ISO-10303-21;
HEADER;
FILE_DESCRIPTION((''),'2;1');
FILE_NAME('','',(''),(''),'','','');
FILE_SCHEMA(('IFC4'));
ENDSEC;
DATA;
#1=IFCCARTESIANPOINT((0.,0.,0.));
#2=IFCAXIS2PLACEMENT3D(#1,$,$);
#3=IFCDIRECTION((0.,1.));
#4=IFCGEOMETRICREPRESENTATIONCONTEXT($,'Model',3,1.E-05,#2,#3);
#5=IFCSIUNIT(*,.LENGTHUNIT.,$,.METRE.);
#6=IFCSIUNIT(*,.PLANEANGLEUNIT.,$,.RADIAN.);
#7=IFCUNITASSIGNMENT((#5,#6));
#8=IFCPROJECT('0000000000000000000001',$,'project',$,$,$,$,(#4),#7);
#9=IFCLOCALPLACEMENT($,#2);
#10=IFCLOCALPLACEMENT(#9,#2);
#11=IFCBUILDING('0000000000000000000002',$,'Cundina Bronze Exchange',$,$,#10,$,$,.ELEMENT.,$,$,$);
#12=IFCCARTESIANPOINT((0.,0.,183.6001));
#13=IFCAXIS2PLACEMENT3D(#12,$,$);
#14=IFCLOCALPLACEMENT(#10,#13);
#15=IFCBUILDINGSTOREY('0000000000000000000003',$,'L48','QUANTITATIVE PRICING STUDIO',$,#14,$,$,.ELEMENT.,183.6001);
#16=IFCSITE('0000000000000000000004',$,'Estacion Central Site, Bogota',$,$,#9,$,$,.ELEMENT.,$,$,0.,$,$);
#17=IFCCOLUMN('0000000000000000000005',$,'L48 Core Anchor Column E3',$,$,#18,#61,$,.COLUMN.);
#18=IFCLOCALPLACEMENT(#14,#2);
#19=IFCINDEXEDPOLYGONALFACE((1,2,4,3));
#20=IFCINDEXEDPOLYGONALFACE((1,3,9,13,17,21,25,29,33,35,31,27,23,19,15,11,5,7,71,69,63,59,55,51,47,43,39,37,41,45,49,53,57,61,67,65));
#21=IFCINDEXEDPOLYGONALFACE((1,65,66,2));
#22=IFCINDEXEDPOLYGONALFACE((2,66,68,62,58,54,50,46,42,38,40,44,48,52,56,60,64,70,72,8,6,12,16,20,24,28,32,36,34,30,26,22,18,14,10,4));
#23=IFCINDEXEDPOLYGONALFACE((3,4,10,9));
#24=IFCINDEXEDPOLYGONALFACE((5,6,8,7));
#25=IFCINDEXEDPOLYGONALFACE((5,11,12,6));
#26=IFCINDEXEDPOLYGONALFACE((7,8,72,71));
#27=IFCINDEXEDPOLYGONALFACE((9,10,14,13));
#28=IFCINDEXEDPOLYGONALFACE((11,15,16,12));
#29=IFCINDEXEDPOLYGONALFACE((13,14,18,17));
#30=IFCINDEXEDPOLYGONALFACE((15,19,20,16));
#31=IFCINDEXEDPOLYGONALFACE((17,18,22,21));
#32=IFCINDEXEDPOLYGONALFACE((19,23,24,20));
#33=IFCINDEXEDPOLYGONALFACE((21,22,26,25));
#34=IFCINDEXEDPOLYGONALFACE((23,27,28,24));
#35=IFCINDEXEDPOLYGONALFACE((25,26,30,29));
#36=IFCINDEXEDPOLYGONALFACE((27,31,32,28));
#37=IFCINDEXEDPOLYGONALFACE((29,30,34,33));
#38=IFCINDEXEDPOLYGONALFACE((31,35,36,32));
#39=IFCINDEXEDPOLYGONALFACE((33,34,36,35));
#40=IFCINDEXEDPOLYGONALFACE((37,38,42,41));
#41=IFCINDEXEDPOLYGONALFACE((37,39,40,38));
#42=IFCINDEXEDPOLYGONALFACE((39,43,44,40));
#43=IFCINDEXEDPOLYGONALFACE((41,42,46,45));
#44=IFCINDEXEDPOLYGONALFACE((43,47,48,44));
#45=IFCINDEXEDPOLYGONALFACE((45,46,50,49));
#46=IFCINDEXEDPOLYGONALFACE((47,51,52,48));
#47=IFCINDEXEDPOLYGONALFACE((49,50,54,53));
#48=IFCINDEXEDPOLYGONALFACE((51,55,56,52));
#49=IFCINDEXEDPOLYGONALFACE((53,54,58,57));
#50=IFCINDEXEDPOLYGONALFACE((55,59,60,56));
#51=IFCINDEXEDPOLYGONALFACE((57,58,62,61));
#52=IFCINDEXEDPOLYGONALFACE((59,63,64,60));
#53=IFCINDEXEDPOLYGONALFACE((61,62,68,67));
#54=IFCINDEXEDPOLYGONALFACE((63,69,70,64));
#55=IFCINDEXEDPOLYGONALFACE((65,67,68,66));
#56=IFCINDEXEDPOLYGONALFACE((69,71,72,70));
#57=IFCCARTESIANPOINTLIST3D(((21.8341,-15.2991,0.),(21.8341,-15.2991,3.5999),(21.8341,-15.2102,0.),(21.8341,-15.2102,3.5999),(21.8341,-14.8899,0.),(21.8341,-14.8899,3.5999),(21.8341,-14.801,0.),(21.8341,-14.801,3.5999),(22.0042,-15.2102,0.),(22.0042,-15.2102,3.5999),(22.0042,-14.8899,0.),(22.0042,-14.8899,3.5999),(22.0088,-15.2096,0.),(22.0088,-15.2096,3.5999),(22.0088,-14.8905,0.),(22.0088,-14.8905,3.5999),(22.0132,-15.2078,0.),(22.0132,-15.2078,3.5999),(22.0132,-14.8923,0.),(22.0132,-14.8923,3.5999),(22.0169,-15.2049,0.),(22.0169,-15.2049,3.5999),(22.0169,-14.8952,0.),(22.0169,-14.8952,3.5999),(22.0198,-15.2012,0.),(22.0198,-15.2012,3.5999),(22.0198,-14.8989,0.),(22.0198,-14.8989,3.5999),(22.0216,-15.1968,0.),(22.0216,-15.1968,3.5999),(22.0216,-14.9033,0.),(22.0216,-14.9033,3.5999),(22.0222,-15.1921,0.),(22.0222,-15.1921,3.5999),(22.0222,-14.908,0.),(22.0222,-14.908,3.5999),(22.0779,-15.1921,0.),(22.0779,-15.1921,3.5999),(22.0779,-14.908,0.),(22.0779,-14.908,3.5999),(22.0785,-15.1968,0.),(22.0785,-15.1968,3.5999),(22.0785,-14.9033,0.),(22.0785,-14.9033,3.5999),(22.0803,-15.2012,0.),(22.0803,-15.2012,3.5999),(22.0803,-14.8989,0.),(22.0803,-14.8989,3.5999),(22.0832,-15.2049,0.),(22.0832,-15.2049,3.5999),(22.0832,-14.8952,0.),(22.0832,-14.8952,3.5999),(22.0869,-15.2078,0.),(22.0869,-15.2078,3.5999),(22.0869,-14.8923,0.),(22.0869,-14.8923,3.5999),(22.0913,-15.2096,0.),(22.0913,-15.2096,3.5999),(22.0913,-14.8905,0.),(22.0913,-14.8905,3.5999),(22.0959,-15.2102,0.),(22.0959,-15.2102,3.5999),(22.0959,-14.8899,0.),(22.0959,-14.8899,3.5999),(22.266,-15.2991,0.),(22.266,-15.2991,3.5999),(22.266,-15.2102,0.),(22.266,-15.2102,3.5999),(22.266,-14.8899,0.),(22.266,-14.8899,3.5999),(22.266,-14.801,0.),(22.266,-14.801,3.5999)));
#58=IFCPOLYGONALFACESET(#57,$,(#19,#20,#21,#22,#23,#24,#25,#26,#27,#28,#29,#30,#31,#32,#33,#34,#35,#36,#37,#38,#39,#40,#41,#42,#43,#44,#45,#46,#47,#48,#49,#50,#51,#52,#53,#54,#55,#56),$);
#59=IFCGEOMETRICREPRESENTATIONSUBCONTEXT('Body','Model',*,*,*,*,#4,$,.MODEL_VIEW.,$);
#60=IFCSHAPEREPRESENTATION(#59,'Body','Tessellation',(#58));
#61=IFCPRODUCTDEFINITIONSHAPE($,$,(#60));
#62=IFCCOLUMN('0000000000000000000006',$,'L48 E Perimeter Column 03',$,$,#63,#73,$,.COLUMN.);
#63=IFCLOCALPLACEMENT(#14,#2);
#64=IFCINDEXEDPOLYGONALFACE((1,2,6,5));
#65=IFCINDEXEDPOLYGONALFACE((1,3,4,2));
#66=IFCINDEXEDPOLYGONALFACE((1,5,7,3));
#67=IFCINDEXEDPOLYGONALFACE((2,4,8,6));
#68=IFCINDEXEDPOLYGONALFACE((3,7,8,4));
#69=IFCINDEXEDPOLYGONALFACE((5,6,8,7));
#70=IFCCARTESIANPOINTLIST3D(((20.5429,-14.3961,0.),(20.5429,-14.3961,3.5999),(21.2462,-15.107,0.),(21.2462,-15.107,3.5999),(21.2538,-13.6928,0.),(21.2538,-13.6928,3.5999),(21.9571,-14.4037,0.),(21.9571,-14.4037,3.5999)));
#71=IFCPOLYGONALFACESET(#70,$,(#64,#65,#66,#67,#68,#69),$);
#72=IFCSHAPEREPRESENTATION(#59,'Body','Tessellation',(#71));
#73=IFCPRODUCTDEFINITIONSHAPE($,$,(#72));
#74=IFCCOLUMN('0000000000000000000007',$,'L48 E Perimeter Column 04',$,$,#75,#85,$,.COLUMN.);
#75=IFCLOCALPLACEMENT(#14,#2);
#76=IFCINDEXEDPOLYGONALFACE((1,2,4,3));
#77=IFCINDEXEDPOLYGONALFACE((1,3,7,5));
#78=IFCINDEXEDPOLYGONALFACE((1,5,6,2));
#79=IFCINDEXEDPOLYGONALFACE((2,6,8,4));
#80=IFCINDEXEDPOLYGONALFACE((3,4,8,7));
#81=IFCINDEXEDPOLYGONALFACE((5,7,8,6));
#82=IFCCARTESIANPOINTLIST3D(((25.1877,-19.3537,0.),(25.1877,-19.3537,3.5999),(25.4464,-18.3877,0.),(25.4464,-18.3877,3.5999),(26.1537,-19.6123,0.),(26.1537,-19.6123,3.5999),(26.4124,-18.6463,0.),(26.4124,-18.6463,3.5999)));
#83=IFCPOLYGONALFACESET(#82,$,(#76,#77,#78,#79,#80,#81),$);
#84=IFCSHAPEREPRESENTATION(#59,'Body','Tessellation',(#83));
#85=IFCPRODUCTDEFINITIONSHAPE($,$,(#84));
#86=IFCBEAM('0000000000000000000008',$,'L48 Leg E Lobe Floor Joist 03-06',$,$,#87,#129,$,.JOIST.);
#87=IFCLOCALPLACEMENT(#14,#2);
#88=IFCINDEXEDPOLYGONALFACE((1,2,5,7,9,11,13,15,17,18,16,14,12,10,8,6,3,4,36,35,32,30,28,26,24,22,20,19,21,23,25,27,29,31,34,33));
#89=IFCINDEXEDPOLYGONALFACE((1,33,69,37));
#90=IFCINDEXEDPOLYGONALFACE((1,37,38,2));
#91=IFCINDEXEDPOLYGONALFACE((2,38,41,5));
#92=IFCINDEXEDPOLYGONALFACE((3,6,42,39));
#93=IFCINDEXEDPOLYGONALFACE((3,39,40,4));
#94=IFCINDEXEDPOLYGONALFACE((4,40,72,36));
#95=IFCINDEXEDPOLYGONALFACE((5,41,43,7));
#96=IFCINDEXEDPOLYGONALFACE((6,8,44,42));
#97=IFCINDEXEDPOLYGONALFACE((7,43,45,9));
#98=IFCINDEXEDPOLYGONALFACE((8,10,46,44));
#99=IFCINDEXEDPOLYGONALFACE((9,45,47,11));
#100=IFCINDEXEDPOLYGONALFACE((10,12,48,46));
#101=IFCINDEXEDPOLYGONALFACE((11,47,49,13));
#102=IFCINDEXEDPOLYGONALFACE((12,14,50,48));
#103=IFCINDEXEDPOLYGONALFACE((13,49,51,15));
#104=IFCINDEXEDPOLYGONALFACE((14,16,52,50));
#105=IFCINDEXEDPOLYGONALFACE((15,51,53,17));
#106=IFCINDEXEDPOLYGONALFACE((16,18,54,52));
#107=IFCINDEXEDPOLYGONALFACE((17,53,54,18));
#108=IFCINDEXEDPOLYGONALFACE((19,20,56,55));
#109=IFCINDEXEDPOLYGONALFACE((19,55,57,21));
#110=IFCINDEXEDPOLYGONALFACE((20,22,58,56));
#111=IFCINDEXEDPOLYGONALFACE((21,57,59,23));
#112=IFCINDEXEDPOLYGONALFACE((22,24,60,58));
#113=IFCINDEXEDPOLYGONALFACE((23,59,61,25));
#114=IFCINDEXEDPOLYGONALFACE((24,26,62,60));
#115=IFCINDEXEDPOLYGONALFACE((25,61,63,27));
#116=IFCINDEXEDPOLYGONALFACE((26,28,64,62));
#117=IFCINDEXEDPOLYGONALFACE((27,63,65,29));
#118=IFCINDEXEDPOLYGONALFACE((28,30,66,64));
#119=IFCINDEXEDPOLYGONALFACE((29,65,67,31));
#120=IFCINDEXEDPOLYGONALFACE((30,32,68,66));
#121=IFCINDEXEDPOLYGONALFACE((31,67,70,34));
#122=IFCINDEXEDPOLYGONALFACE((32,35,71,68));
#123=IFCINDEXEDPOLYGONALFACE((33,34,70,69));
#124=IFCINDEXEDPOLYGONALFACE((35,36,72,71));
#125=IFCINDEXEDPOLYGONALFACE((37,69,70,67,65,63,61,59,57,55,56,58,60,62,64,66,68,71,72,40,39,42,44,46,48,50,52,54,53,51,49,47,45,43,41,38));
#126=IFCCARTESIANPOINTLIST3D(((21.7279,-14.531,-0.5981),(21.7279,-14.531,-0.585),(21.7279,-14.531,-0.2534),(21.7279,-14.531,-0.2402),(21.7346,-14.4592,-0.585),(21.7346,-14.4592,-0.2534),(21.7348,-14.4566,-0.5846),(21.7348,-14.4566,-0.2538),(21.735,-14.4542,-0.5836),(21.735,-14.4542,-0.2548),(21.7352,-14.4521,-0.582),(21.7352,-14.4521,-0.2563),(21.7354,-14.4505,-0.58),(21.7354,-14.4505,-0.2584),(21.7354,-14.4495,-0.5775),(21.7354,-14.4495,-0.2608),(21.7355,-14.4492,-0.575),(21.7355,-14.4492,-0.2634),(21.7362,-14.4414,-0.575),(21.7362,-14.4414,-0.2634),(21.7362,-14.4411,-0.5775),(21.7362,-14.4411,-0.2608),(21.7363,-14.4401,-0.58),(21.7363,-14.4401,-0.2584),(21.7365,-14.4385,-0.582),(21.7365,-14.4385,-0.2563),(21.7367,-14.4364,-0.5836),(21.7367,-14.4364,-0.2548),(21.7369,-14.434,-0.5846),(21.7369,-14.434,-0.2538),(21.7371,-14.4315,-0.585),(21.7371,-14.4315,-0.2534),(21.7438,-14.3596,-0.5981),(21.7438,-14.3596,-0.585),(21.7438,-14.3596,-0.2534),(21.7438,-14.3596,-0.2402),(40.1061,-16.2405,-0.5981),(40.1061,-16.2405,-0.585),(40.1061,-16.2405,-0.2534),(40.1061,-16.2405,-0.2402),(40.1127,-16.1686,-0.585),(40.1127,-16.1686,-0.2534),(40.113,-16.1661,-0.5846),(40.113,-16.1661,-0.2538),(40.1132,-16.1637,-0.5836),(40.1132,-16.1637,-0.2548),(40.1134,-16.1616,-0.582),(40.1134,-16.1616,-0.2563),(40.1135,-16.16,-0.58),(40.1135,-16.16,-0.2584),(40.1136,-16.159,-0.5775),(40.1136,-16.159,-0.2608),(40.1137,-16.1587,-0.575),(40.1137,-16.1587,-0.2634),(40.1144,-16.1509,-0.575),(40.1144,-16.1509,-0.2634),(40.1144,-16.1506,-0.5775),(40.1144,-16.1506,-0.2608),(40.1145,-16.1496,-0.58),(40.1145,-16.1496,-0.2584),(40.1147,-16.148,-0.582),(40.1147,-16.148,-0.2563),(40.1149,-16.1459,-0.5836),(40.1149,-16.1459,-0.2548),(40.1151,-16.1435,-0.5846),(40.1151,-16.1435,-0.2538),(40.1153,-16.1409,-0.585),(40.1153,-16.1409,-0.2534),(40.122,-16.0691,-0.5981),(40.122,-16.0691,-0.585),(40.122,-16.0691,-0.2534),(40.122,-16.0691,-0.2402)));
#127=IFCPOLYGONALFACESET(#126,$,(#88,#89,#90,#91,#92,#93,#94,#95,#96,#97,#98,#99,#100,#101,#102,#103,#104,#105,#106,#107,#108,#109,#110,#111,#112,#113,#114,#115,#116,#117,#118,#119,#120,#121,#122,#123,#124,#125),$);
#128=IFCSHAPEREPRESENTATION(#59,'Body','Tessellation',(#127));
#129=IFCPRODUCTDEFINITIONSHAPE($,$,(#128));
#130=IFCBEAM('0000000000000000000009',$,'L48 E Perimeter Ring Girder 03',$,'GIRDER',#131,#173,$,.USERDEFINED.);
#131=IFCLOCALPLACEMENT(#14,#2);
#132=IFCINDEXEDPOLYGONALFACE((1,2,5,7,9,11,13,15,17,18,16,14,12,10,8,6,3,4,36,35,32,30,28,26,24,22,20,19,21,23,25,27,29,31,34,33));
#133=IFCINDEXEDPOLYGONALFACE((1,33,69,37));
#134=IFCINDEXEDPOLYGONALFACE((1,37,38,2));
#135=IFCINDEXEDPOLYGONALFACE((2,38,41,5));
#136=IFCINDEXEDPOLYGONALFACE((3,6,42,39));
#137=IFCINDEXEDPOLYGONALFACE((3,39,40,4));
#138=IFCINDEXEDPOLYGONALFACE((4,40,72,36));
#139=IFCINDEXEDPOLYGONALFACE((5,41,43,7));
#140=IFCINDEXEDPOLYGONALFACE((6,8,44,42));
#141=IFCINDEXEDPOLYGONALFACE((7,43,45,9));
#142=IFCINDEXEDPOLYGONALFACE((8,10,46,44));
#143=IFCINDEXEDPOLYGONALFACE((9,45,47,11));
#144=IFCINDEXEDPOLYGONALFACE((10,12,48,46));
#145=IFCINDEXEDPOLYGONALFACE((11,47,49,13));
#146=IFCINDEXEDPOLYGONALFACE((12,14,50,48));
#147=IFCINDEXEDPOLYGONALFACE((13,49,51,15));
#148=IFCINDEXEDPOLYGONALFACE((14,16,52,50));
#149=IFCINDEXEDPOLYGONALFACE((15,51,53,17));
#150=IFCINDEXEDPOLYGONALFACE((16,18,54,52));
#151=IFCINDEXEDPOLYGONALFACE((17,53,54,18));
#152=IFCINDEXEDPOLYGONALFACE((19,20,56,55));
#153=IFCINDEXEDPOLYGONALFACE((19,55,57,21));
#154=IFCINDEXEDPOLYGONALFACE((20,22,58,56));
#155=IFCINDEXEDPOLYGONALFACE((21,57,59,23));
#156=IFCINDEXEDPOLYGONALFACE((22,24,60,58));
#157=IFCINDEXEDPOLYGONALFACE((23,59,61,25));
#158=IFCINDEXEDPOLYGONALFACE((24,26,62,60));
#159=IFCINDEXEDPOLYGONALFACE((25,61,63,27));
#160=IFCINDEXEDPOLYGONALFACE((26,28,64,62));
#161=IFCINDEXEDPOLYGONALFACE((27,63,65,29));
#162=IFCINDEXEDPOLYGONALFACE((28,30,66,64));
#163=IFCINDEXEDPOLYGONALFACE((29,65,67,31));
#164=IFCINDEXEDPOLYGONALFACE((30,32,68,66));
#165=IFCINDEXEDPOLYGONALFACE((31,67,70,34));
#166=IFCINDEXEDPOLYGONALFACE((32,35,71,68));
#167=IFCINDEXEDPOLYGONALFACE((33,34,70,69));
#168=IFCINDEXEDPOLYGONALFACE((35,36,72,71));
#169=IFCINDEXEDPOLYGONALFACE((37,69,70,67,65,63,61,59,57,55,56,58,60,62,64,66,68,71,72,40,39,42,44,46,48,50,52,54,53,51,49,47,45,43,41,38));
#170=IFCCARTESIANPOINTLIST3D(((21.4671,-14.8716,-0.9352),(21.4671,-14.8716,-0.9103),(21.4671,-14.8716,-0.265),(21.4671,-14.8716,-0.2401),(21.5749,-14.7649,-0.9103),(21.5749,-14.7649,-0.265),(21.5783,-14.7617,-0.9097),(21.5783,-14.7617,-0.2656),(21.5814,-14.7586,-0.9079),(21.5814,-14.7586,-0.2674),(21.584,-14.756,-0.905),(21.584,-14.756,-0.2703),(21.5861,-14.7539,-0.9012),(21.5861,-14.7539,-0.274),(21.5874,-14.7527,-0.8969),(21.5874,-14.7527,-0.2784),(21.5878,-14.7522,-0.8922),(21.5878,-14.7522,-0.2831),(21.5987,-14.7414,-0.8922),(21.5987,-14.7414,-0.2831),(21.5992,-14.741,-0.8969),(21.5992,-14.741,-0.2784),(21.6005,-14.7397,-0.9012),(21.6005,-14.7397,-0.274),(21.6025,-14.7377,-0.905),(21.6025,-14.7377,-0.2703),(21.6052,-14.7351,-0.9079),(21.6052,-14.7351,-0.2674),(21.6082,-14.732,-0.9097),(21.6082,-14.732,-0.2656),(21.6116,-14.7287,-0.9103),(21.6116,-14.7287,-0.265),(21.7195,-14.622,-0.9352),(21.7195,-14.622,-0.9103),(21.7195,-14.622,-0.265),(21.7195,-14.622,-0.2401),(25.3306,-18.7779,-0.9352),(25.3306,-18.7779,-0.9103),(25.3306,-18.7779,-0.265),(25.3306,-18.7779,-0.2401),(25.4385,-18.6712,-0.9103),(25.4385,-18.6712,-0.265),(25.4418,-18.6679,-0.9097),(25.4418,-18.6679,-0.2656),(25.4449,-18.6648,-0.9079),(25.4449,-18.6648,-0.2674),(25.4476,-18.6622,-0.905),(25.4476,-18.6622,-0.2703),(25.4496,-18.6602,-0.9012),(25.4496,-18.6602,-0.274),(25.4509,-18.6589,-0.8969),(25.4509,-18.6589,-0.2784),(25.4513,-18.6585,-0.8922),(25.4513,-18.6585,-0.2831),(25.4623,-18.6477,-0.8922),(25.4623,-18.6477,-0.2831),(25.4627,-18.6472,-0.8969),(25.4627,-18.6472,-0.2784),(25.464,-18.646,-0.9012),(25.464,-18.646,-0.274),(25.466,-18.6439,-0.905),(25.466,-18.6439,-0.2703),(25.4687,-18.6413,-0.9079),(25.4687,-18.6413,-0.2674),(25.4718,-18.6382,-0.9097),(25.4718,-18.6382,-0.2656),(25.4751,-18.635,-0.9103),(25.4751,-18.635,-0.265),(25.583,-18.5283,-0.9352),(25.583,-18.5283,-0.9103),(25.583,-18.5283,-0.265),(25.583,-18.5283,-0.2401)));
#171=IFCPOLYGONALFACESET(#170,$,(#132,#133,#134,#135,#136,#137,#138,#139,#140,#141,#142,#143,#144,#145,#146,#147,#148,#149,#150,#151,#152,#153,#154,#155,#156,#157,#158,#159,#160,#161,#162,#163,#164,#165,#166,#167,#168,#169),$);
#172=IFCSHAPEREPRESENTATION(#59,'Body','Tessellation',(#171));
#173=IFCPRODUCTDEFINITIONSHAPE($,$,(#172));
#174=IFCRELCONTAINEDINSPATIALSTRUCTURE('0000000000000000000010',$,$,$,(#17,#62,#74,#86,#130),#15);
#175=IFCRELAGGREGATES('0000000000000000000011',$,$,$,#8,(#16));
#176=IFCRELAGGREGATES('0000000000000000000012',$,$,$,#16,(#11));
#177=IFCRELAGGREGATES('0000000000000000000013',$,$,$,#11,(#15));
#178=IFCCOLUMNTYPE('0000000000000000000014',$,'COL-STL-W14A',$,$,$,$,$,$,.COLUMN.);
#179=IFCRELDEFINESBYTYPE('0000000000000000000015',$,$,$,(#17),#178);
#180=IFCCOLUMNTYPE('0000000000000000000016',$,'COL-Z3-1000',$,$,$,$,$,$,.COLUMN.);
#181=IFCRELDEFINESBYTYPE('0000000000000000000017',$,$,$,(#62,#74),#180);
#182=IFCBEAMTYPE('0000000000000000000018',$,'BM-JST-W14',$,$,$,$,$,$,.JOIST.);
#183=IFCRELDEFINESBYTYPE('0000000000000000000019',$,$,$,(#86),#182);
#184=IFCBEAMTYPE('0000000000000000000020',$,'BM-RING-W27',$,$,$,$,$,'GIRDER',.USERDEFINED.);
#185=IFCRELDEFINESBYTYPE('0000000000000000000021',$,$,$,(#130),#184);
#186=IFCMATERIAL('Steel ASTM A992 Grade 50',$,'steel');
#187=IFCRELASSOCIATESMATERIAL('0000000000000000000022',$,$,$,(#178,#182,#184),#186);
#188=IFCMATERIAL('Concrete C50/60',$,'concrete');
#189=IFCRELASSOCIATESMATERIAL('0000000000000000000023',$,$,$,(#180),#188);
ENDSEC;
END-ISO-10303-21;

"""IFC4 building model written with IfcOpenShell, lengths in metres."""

from ifc_helpers import new_model, si_unit, direction, frame, origin, origin_2d, place, context, subcontext, project, spatial, rectangle, i_section, extrude, material, material_profile, profile_set, type_object, element, save


model = new_model("IFC4")

# Units and contexts
model_context = context("Model", 3, precision=1e-05, world=origin(), true_north=direction((0.0, 1.0)))
body_context = subcontext(model_context, "Body", "Model", "MODEL_VIEW")
ifc_project = project(units=[si_unit("LENGTHUNIT", "METRE"), si_unit("PLANEANGLEUNIT", "RADIAN")], contexts=[model_context])

# Site, building, storey
site_placement = place(None, origin())
site = spatial("IfcSite", under=ifc_project, at=site_placement, Name="Estacion Central Site, Bogota", CompositionType="ELEMENT", RefElevation=0.0)
building_placement = place(site_placement, origin())
building = spatial("IfcBuilding", under=site, at=building_placement, Name="Cundina Bronze Exchange", CompositionType="ELEMENT")
storey_placement = place(building_placement, frame((0.0, 0.0, 183.6001)))
storey = spatial("IfcBuildingStorey", under=building, at=storey_placement, Name="L48", Description="QUANTITATIVE PRICING STUDIO", CompositionType="ELEMENT", Elevation=183.6001)

# Columns
ifc_material_1 = material(Name="Steel ASTM A992 Grade 50", Category="steel")
ifc_material_profile_1 = material_profile(ifc_material_1, i_section(OverallWidth=0.4319, OverallDepth=0.498, WebThickness=0.0557, FlangeThickness=0.0889, FilletRadius=0.0181, at=origin_2d()), Name="W14X500", Category="steel")
ifc_profile_set_1 = profile_set([ifc_material_profile_1], Name="Steel ASTM A992 Grade 50")
column_type_1 = type_object("IfcColumnType", Name="COL-STL-W14A", PredefinedType="COLUMN", material=ifc_profile_set_1)
column_placement = place(storey_placement, frame((22.05, -15.05, 0.0), z_axis=(0.0, 0.0, 1.0), x_axis=(1.0, 0.0, 0.0)))
element("IfcColumn", 1, at=column_placement, inside=storey, type_object=column_type_1, Name="L48 Core Anchor Column E3", PredefinedType="COLUMN", context=body_context, shape_type="SweptSolid", body=[
    extrude(i_section(OverallWidth=0.4319, OverallDepth=0.498, WebThickness=0.0557, FlangeThickness=0.0889, FilletRadius=0.0181, at=origin_2d()), origin(), (0.0, 0.0, 1.0), 3.5999),
])
ifc_material_2 = material(Name="Concrete C50/60", Category="concrete")
ifc_material_profile_2 = material_profile(ifc_material_2, rectangle(XDim=1.0, YDim=1.0, at=origin_2d()), Name="RC1000X1000", Category="concrete")
ifc_profile_set_2 = profile_set([ifc_material_profile_2], Name="Concrete C50/60")
column_type_2 = type_object("IfcColumnType", Name="COL-Z3-1000", PredefinedType="COLUMN", material=ifc_profile_set_2)
for number, where, z_axis, x_axis, name in (
    (2, (21.25, -14.3999, 0.0), (0.0, 0.0, 1.0), (0.703271, -0.710922, 0.0), "L48 E Perimeter Column 03"),
    (3, (25.8, -19.0, 0.0), (0.0, 0.0, 1.0), (0.965971, -0.25865, 0.0), "L48 E Perimeter Column 04"),
):
    element("IfcColumn", number, at=place(storey_placement, frame(where, z_axis=z_axis, x_axis=x_axis)), inside=storey, type_object=column_type_2, Name=name, PredefinedType="COLUMN", context=body_context, shape_type="SweptSolid", body=[
        extrude(rectangle(XDim=1.0, YDim=1.0, at=origin_2d()), origin(), (0.0, 0.0, 1.0), 3.5999),
    ])

# Beams
ifc_material_profile_3 = material_profile(ifc_material_1, i_section(OverallWidth=0.1721, OverallDepth=0.3579, WebThickness=0.0078, FlangeThickness=0.0132, FilletRadius=0.01, at=origin_2d()), Name="W14X38", Category="steel")
ifc_profile_set_3 = profile_set([ifc_material_profile_3], Name="Steel ASTM A992 Grade 50")
beam_type_1 = type_object("IfcBeamType", Name="BM-JST-W14", PredefinedType="JOIST", material=ifc_profile_set_3)
beam_1_placement = place(storey_placement, frame((21.7358, -14.4453, -0.4192), z_axis=(0.995702, -0.092617, 0.0), x_axis=(0.092617, 0.995702, 0.0)))
element("IfcBeam", 4, at=beam_1_placement, inside=storey, type_object=beam_type_1, Name="L48 Leg E Lobe Floor Joist 03-06", PredefinedType="JOIST", context=body_context, shape_type="SweptSolid", body=[
    extrude(i_section(OverallWidth=0.1721, OverallDepth=0.3579, WebThickness=0.0078, FlangeThickness=0.0132, FilletRadius=0.01, at=origin_2d()), origin(), (0.0, 0.0, 1.0), 18.4575),
])
ifc_material_profile_4 = material_profile(ifc_material_1, i_section(OverallWidth=0.355, OverallDepth=0.6951, WebThickness=0.0154, FlangeThickness=0.0249, FilletRadius=0.0181, at=origin_2d()), Name="W27X146", Category="steel")
ifc_profile_set_4 = profile_set([ifc_material_profile_4], Name="Steel ASTM A992 Grade 50")
beam_type_2 = type_object("IfcBeamType", Name="BM-RING-W27", ElementType="GIRDER", PredefinedType="USERDEFINED", material=ifc_profile_set_4)
beam_2_placement = place(storey_placement, frame((21.5933, -14.7468, -0.5876), z_axis=(0.703208, -0.710984, 0.0), x_axis=(0.710984, 0.703208, 0.0)))
element("IfcBeam", 5, at=beam_2_placement, inside=storey, type_object=beam_type_2, Name="L48 E Perimeter Ring Girder 03", ObjectType="GIRDER", PredefinedType="USERDEFINED", context=body_context, shape_type="SweptSolid", body=[
    extrude(i_section(OverallWidth=0.355, OverallDepth=0.6951, WebThickness=0.0154, FlangeThickness=0.0249, FilletRadius=0.0181, at=origin_2d()), origin(), (0.0, 0.0, 1.0), 5.4941),
])

save(model, "model.ifc")
